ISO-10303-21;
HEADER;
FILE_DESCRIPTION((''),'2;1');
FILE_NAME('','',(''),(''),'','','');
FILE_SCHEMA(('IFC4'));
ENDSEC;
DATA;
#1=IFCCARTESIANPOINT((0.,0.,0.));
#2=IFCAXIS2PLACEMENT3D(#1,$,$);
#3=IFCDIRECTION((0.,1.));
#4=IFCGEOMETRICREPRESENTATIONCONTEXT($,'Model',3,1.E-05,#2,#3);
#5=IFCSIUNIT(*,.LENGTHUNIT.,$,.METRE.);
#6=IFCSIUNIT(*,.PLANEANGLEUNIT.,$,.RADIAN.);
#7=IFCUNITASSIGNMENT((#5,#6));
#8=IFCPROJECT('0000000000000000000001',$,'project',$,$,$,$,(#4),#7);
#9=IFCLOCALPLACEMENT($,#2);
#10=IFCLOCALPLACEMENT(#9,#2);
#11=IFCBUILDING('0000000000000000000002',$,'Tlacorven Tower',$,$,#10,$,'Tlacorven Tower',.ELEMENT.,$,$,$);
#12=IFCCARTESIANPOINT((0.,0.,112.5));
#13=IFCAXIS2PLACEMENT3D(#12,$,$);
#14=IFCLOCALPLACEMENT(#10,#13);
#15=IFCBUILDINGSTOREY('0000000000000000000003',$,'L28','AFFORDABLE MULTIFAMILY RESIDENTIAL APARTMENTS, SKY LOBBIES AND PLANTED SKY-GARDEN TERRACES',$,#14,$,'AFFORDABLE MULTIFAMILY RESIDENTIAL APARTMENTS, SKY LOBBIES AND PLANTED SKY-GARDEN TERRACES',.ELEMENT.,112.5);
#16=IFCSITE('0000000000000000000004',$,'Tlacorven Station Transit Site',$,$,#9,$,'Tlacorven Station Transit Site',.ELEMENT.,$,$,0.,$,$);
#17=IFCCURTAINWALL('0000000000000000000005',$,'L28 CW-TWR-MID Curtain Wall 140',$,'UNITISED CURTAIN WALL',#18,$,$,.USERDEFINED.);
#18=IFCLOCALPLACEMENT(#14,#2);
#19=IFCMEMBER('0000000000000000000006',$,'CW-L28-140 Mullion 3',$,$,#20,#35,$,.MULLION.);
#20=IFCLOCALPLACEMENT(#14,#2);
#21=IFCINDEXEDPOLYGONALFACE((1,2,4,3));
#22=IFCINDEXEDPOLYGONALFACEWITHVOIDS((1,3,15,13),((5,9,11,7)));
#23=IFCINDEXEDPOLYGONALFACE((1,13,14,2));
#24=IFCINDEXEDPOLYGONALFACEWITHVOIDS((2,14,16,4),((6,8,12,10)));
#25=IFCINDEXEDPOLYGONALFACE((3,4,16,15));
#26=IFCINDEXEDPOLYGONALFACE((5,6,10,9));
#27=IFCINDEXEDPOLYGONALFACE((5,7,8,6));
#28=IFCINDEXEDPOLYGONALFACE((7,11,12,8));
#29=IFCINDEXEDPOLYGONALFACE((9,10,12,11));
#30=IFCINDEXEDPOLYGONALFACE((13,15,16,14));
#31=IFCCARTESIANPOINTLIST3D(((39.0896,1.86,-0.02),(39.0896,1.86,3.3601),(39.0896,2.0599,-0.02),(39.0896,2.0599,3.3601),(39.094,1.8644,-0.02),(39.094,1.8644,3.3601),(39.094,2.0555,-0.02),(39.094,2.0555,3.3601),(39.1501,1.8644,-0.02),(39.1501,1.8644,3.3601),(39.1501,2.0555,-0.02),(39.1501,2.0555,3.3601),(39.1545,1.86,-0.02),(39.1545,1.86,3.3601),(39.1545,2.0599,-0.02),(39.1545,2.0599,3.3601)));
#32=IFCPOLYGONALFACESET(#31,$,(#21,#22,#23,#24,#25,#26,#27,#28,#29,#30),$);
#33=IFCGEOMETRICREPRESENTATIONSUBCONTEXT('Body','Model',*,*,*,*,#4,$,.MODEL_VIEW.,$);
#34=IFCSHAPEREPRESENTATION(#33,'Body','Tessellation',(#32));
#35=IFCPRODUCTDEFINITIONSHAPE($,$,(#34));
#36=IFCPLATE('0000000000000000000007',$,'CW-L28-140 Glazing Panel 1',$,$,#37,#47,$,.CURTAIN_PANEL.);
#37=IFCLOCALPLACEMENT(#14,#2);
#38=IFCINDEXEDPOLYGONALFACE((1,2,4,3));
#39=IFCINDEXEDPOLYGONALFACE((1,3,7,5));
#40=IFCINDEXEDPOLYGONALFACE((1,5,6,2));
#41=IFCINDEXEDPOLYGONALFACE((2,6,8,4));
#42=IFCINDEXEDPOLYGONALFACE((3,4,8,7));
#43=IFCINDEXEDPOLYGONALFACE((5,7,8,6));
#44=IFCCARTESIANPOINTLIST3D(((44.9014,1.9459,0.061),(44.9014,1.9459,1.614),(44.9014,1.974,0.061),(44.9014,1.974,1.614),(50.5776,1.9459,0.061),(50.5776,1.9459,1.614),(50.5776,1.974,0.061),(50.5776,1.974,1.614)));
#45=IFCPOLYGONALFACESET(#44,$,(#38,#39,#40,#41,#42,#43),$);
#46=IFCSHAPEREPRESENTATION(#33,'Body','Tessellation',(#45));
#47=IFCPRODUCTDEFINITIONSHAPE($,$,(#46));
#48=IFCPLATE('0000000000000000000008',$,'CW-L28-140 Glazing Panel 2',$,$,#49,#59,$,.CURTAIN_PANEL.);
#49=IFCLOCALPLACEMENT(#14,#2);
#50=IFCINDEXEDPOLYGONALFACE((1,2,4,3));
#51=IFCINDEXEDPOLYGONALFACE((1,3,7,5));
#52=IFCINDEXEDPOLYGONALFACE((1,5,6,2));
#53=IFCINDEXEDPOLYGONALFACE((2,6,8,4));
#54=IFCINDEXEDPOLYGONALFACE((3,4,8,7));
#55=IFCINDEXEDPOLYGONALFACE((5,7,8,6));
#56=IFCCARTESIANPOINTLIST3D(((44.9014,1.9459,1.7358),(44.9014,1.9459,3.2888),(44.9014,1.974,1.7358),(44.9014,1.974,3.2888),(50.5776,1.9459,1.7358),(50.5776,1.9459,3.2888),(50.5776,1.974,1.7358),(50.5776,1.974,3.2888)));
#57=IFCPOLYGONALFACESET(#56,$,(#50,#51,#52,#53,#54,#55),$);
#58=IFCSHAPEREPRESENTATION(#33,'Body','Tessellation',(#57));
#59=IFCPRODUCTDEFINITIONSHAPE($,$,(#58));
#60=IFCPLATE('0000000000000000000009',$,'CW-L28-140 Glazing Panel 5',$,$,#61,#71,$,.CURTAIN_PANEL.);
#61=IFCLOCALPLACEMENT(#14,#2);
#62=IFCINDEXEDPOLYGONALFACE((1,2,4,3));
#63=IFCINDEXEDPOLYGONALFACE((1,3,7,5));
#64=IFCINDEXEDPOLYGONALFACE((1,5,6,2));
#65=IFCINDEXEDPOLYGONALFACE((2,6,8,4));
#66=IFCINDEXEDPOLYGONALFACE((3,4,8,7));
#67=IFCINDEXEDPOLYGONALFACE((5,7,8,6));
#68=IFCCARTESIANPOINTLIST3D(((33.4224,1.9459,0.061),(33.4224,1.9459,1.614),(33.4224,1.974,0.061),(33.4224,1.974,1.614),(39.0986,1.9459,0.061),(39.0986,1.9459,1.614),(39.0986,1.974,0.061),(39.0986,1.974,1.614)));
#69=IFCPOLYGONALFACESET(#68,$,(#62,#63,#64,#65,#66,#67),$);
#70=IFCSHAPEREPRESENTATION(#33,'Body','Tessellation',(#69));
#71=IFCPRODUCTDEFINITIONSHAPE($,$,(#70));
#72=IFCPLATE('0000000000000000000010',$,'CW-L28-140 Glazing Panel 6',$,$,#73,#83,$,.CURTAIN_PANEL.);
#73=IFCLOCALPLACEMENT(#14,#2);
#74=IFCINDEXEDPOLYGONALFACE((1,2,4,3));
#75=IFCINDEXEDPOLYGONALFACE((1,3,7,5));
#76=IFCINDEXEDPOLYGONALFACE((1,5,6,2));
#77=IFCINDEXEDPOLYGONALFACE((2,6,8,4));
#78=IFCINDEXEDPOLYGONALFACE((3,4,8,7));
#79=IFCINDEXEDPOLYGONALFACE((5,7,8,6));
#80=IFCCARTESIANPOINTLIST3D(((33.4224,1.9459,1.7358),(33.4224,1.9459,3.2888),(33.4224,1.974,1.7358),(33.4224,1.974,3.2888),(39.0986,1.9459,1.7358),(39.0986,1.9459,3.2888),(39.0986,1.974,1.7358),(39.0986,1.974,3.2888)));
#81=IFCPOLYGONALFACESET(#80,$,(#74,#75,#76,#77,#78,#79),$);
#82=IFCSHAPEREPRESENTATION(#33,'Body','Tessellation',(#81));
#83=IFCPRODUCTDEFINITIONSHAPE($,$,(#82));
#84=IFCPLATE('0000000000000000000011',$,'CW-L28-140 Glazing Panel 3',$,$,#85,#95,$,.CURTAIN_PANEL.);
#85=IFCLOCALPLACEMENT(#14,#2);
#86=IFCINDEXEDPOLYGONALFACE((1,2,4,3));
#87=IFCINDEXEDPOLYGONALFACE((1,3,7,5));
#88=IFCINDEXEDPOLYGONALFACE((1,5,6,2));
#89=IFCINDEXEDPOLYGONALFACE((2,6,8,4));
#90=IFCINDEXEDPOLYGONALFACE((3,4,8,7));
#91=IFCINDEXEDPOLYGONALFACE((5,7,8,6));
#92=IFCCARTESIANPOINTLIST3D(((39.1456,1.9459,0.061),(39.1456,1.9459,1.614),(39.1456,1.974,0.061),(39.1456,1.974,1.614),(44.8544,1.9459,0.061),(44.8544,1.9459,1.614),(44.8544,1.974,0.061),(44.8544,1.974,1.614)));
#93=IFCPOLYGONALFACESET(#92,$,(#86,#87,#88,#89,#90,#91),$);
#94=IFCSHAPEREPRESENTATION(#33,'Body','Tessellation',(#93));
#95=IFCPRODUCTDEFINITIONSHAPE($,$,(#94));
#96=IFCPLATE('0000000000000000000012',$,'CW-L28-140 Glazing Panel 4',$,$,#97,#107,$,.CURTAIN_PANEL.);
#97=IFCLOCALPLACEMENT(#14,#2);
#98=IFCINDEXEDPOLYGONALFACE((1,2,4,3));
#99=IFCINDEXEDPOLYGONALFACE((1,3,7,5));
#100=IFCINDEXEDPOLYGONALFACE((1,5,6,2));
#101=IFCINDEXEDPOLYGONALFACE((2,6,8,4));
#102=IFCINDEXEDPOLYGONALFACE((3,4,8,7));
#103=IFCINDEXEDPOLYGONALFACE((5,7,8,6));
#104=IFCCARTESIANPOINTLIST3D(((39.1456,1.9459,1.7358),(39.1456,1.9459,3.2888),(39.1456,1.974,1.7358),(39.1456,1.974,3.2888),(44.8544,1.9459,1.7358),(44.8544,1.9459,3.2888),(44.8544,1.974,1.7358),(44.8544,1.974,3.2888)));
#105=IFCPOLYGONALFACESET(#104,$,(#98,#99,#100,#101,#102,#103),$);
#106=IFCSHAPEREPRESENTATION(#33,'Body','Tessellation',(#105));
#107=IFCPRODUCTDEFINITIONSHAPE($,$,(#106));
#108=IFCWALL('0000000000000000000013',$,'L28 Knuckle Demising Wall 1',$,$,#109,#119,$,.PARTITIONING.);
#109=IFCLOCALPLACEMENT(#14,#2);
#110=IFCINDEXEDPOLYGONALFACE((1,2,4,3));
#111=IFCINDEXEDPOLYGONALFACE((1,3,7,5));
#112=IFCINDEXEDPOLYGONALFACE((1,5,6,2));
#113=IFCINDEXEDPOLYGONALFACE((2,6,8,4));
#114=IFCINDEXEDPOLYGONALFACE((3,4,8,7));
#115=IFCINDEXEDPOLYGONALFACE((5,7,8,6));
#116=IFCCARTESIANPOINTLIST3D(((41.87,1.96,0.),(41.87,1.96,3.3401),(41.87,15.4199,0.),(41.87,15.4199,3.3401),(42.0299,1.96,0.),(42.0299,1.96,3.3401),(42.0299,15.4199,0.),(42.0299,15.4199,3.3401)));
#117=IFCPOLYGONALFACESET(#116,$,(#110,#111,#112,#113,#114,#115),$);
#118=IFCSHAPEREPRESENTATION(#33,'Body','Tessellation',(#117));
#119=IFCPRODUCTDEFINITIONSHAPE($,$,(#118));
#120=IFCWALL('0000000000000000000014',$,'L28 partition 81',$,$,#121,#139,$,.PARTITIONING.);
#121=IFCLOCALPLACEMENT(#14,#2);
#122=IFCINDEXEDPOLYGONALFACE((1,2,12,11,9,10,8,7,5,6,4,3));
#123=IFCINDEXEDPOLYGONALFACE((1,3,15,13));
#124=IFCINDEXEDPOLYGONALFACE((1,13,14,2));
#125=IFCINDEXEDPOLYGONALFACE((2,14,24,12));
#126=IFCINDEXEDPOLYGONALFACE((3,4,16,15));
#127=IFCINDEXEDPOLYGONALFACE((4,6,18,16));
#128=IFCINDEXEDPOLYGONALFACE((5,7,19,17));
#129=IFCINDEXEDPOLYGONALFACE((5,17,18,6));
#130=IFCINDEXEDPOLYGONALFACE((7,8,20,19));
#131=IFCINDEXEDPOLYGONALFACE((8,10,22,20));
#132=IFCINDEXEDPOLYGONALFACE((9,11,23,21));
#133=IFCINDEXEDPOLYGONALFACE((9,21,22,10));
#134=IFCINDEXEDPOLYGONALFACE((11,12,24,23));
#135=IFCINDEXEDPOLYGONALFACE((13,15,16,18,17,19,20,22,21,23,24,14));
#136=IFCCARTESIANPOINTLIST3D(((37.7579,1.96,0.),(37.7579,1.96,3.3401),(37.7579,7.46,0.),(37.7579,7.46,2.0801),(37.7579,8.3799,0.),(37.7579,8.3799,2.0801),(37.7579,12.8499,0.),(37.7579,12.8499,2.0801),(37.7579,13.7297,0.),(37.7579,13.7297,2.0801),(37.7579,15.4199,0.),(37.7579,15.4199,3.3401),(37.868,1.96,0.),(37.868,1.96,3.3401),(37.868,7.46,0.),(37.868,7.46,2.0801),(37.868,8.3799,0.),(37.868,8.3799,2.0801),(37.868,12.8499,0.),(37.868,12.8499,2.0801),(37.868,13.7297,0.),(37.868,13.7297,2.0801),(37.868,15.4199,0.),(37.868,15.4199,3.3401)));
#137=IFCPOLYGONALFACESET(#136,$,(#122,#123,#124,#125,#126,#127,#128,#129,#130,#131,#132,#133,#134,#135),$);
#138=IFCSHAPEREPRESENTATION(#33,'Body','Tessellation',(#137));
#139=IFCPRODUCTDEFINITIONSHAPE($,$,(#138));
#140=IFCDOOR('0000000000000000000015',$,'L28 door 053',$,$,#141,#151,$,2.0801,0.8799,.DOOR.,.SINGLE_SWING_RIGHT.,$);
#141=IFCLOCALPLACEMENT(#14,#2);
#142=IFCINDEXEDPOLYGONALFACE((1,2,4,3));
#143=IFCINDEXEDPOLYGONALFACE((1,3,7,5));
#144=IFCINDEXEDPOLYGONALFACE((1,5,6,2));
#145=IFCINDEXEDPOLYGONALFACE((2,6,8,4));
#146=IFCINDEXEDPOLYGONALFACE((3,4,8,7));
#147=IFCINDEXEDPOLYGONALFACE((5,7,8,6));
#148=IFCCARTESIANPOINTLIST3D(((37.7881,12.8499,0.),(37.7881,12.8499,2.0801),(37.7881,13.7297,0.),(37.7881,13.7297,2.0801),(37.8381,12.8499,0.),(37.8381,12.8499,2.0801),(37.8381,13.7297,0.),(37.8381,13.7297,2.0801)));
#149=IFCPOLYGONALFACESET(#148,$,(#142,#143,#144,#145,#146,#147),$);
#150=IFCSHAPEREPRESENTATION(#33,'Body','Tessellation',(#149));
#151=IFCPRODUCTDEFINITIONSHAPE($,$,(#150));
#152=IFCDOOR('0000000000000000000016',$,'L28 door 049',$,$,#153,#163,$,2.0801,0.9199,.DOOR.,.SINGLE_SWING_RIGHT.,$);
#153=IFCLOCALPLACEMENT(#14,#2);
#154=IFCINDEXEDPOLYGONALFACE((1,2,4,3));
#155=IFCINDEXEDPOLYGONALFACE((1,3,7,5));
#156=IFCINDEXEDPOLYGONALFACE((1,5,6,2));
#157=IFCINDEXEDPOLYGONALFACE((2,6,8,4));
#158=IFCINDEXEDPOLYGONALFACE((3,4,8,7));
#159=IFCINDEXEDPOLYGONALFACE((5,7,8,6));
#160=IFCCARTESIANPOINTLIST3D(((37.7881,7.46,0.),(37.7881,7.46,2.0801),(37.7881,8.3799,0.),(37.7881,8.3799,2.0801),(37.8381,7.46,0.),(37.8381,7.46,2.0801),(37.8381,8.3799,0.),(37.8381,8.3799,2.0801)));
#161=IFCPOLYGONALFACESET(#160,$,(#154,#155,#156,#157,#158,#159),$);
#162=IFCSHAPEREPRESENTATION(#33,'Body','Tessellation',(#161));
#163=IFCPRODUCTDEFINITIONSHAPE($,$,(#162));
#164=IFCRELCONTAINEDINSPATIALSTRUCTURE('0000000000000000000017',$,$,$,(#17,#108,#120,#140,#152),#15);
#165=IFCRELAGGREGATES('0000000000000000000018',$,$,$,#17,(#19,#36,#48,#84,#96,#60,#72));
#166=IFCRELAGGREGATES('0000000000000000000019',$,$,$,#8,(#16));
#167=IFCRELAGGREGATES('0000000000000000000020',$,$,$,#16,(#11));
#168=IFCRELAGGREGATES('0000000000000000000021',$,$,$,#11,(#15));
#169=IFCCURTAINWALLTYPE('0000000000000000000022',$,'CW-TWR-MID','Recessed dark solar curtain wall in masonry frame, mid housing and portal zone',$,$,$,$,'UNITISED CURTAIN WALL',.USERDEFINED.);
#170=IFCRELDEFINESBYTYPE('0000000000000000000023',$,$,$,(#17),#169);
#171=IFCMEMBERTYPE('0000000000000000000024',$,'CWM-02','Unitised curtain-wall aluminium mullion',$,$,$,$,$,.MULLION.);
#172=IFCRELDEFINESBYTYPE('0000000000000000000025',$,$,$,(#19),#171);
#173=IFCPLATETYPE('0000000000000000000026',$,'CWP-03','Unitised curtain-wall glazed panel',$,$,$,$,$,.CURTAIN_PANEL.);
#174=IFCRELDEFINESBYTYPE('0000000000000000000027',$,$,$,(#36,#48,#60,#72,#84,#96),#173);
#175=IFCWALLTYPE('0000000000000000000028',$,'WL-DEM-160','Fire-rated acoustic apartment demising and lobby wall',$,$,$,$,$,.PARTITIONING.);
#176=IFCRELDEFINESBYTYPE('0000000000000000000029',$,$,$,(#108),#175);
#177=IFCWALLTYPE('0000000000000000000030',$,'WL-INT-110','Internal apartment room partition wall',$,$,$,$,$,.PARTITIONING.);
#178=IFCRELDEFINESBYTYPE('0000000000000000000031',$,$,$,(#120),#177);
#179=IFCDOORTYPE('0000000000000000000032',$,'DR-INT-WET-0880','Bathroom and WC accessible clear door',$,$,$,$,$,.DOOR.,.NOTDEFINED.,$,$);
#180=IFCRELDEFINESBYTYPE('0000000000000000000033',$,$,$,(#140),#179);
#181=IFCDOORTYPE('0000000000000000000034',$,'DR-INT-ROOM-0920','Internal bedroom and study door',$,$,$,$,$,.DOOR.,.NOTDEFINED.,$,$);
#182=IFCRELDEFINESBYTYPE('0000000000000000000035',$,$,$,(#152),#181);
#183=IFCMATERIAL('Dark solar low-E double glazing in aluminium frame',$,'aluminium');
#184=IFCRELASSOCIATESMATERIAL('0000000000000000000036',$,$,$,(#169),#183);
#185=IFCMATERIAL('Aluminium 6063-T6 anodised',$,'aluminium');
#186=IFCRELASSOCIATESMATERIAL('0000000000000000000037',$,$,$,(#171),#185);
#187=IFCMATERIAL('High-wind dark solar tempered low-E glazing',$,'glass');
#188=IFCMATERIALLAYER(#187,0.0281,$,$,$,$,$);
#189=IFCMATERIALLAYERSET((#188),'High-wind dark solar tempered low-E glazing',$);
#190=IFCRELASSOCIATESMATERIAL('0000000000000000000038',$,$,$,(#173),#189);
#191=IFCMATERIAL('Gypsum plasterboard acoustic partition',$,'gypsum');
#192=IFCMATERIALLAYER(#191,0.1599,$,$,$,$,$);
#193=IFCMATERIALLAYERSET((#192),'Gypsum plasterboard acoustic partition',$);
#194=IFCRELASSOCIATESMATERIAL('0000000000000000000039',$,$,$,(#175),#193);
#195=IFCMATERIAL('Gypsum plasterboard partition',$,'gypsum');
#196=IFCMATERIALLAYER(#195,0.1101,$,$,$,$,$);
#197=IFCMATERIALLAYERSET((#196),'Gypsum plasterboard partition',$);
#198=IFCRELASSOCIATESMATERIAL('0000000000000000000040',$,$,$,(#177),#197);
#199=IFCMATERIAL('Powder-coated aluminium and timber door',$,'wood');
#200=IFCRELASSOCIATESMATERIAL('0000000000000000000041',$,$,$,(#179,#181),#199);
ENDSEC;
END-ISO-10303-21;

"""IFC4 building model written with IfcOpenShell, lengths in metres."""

from ifc_helpers import new_model, si_unit, direction, frame, frame_2d, origin, origin_2d, place, context, subcontext, project, spatial, rectangle, hollow_rectangle, extrude, source, transform, mapped, material, layer, layer_set, material_profile, profile_set, type_object, element, fill, aggregate, save


model = new_model("IFC4")

# Units and contexts
model_context = context("Model", 3, precision=1e-05, world=origin(), true_north=direction((0.0, 1.0)))
body_context = subcontext(model_context, "Body", "Model", "MODEL_VIEW")
ifc_project = project(units=[si_unit("LENGTHUNIT", "METRE"), si_unit("PLANEANGLEUNIT", "RADIAN")], contexts=[model_context])

# Site, building, storey
site_placement = place(None, origin())
site = spatial("IfcSite", under=ifc_project, at=site_placement, Name="Tlacorven Station Transit Site", LongName="Tlacorven Station Transit Site", CompositionType="ELEMENT", RefElevation=0.0)
building_placement = place(site_placement, origin())
building = spatial("IfcBuilding", under=site, at=building_placement, Name="Tlacorven Tower", LongName="Tlacorven Tower", CompositionType="ELEMENT")
storey_placement = place(building_placement, frame((0.0, 0.0, 112.5)))
storey = spatial("IfcBuildingStorey", under=building, at=storey_placement, Name="L28", Description="AFFORDABLE MULTIFAMILY RESIDENTIAL APARTMENTS, SKY LOBBIES AND PLANTED SKY-GARDEN TERRACES", LongName="AFFORDABLE MULTIFAMILY RESIDENTIAL APARTMENTS, SKY LOBBIES AND PLANTED SKY-GARDEN TERRACES", CompositionType="ELEMENT", Elevation=112.5)

# Curtain wall, member, plates
ifc_material_1 = material(Name="Dark solar low-E double glazing in aluminium frame", Category="aluminium")
curtain_wall_type = type_object("IfcCurtainWallType", Name="CW-TWR-MID", Description="Recessed dark solar curtain wall in masonry frame, mid housing and portal zone", ElementType="UNITISED CURTAIN WALL", PredefinedType="USERDEFINED", material=ifc_material_1)
curtain_wall_placement = place(storey_placement, origin())
curtain_wall = element("IfcCurtainWall", 1, at=curtain_wall_placement, inside=storey, type_object=curtain_wall_type, Name="L28 CW-TWR-MID Curtain Wall 140", ObjectType="UNITISED CURTAIN WALL", PredefinedType="USERDEFINED")
ifc_material_2 = material(Name="Aluminium 6063-T6 anodised", Category="aluminium")
ifc_material_profile_1 = material_profile(ifc_material_2, hollow_rectangle(XDim=0.0649, YDim=0.2, WallThickness=0.0044, at=origin_2d()), Name="ALU MULLION 65X200")
ifc_profile_set_1 = profile_set([ifc_material_profile_1], Name="Aluminium 6063-T6 anodised")
member_type_1 = type_object("IfcMemberType", Name="CWM-02", Description="Unitised curtain-wall aluminium mullion", PredefinedType="MULLION", material=ifc_profile_set_1)
shared_shape_1 = source(origin(), body_context, "Body", "SweptSolid", [
    extrude(hollow_rectangle(XDim=0.0649, YDim=0.2, WallThickness=0.0044, at=origin_2d()), origin(), (0.0, 0.0, 1.0), 3.3801),
])
member_1_placement = place(storey_placement, frame((39.1221, 1.96, -0.02), z_axis=(0.0, 0.0, 1.0), x_axis=(-1.0, 0.0, 0.0)))
member_1 = element("IfcMember", 2, at=member_1_placement, type_object=member_type_1, Name="CW-L28-140 Mullion 3", PredefinedType="MULLION", context=body_context, shape_type="MappedRepresentation", body=[
    mapped(shared_shape_1, transform((0.0, 0.0, 0.0), scale=1.0)),
])
ifc_material_3 = material(Name="High-wind dark solar tempered low-E glazing", Category="glass")
ifc_layer_1 = layer(ifc_material_3, 0.0281)
ifc_layer_set_1 = layer_set([ifc_layer_1], Name="High-wind dark solar tempered low-E glazing")
plate_type = type_object("IfcPlateType", Name="CWP-03", Description="Unitised curtain-wall glazed panel", PredefinedType="CURTAIN_PANEL", material=ifc_layer_set_1)
shared_shape_2 = source(origin(), body_context, "Body", "SweptSolid", [
    extrude(rectangle(XDim=5.6763, YDim=0.0281, at=origin_2d()), origin(), (0.0, 0.0, 1.0), 1.553),
])
plate_1_placement = place(storey_placement, frame((47.7395, 1.96, 0.061), z_axis=(0.0, 0.0, 1.0), x_axis=(-1.0, 0.0, 0.0)))
plate_1 = element("IfcPlate", 3, at=plate_1_placement, type_object=plate_type, Name="CW-L28-140 Glazing Panel 1", PredefinedType="CURTAIN_PANEL", context=body_context, shape_type="MappedRepresentation", body=[
    mapped(shared_shape_2, transform((0.0, 0.0, 0.0), scale=1.0)),
])
plate_2_placement = place(storey_placement, frame((47.7395, 1.96, 1.7358), z_axis=(0.0, 0.0, 1.0), x_axis=(-1.0, 0.0, 0.0)))
plate_2 = element("IfcPlate", 4, at=plate_2_placement, type_object=plate_type, Name="CW-L28-140 Glazing Panel 2", PredefinedType="CURTAIN_PANEL", context=body_context, shape_type="MappedRepresentation", body=[
    mapped(shared_shape_2, transform((0.0, 0.0, 0.0), scale=1.0)),
])
plate_3_placement = place(storey_placement, frame((36.2605, 1.96, 0.061), z_axis=(0.0, 0.0, 1.0), x_axis=(-1.0, 0.0, 0.0)))
plate_3 = element("IfcPlate", 5, at=plate_3_placement, type_object=plate_type, Name="CW-L28-140 Glazing Panel 5", PredefinedType="CURTAIN_PANEL", context=body_context, shape_type="MappedRepresentation", body=[
    mapped(shared_shape_2, transform((0.0, 0.0, 0.0), scale=1.0)),
])
plate_4_placement = place(storey_placement, frame((36.2605, 1.96, 1.7358), z_axis=(0.0, 0.0, 1.0), x_axis=(-1.0, 0.0, 0.0)))
plate_4 = element("IfcPlate", 6, at=plate_4_placement, type_object=plate_type, Name="CW-L28-140 Glazing Panel 6", PredefinedType="CURTAIN_PANEL", context=body_context, shape_type="MappedRepresentation", body=[
    mapped(shared_shape_2, transform((0.0, 0.0, 0.0), scale=1.0)),
])
shared_shape_3 = source(origin(), body_context, "Body", "SweptSolid", [
    extrude(rectangle(XDim=5.7087, YDim=0.0281, at=origin_2d()), origin(), (0.0, 0.0, 1.0), 1.553),
])
plate_5_placement = place(storey_placement, frame((42.0, 1.96, 0.061), z_axis=(0.0, 0.0, 1.0), x_axis=(-1.0, 0.0, 0.0)))
plate_5 = element("IfcPlate", 7, at=plate_5_placement, type_object=plate_type, Name="CW-L28-140 Glazing Panel 3", PredefinedType="CURTAIN_PANEL", context=body_context, shape_type="MappedRepresentation", body=[
    mapped(shared_shape_3, transform((0.0, 0.0, 0.0), scale=1.0)),
])
plate_6_placement = place(storey_placement, frame((42.0, 1.96, 1.7358), z_axis=(0.0, 0.0, 1.0), x_axis=(-1.0, 0.0, 0.0)))
plate_6 = element("IfcPlate", 8, at=plate_6_placement, type_object=plate_type, Name="CW-L28-140 Glazing Panel 4", PredefinedType="CURTAIN_PANEL", context=body_context, shape_type="MappedRepresentation", body=[
    mapped(shared_shape_3, transform((0.0, 0.0, 0.0), scale=1.0)),
])
aggregate(curtain_wall, [member_1, plate_1, plate_2, plate_5, plate_6, plate_3, plate_4])

# Wall
ifc_material_4 = material(Name="Gypsum plasterboard acoustic partition", Category="gypsum")
ifc_layer_2 = layer(ifc_material_4, 0.1599)
ifc_layer_set_2 = layer_set([ifc_layer_2], Name="Gypsum plasterboard acoustic partition")
wall_type_1 = type_object("IfcWallType", Name="WL-DEM-160", Description="Fire-rated acoustic apartment demising and lobby wall", PredefinedType="PARTITIONING", material=ifc_layer_set_2)
wall_1_placement = place(storey_placement, frame((41.95, 1.96, 0.0), z_axis=(0.0, 0.0, 1.0), x_axis=(0.0, 1.0, 0.0)))
element("IfcWall", 9, at=wall_1_placement, inside=storey, type_object=wall_type_1, Name="L28 Knuckle Demising Wall 1", PredefinedType="PARTITIONING", context=body_context, shape_type="SweptSolid", body=[
    extrude(rectangle(XDim=13.46, YDim=0.1599, at=frame_2d((6.73, 0.0))), origin(), (0.0, 0.0, 1.0), 3.3401),
])

# Wall, openings, doors
ifc_material_5 = material(Name="Gypsum plasterboard partition", Category="gypsum")
ifc_layer_3 = layer(ifc_material_5, 0.1101)
ifc_layer_set_3 = layer_set([ifc_layer_3], Name="Gypsum plasterboard partition")
wall_type_2 = type_object("IfcWallType", Name="WL-INT-110", Description="Internal apartment room partition wall", PredefinedType="PARTITIONING", material=ifc_layer_set_3)
wall_2_placement = place(storey_placement, frame((37.813, 1.96, 0.0), z_axis=(0.0, 0.0, 1.0), x_axis=(0.0, 1.0, 0.0)))
wall_2 = element("IfcWall", 10, at=wall_2_placement, inside=storey, type_object=wall_type_2, Name="L28 partition 81", PredefinedType="PARTITIONING", context=body_context, shape_type="SweptSolid", body=[
    extrude(rectangle(XDim=13.46, YDim=0.1101, at=frame_2d((6.73, 0.0))), origin(), (0.0, 0.0, 1.0), 3.3401),
])
opening_1_placement = place(wall_2_placement, frame((5.5, 0.0, 0.0)))
opening_1 = element("IfcOpeningElement", 11, at=opening_1_placement, cuts=wall_2, PredefinedType="OPENING", context=body_context, shape_type="SweptSolid", body=[
    extrude(rectangle(XDim=0.9199, YDim=2.0801, at=frame_2d((0.46, 1.04))), frame((0.0, 0.0649, 0.0), z_axis=(0.0, -1.0, 0.0), x_axis=(1.0, 0.0, 0.0)), (0.0, 0.0, 1.0), 0.1301),
])
opening_2_placement = place(wall_2_placement, frame((10.8899, 0.0, 0.0)))
opening_2 = element("IfcOpeningElement", 12, at=opening_2_placement, cuts=wall_2, PredefinedType="OPENING", context=body_context, shape_type="SweptSolid", body=[
    extrude(rectangle(XDim=0.8799, YDim=2.0801, at=frame_2d((0.4399, 1.04))), frame((0.0, 0.0649, 0.0), z_axis=(0.0, -1.0, 0.0), x_axis=(1.0, 0.0, 0.0)), (0.0, 0.0, 1.0), 0.1301),
])
ifc_material_6 = material(Name="Powder-coated aluminium and timber door", Category="wood")
door_type_1 = type_object("IfcDoorType", Name="DR-INT-WET-0880", Description="Bathroom and WC accessible clear door", OperationType="NOTDEFINED", PredefinedType="DOOR", material=ifc_material_6)
shared_shape_4 = source(origin(), body_context, "Body", "SweptSolid", [
    extrude(rectangle(XDim=0.8799, YDim=2.0801, at=frame_2d((0.4399, 1.04))), frame((0.0, 0.0249, 0.0), z_axis=(0.0, -1.0, 0.0), x_axis=(1.0, 0.0, 0.0)), (0.0, 0.0, 1.0), 0.05),
])
door_1_placement = place(opening_2_placement, origin())
door_1 = element("IfcDoor", 13, at=door_1_placement, inside=storey, type_object=door_type_1, Name="L28 door 053", OperationType="SINGLE_SWING_RIGHT", OverallHeight=2.0801, OverallWidth=0.8799, PredefinedType="DOOR", context=body_context, shape_type="MappedRepresentation", body=[
    mapped(shared_shape_4, transform((0.0, 0.0, 0.0), scale=1.0)),
])
fill(opening_2, door_1)
door_type_2 = type_object("IfcDoorType", Name="DR-INT-ROOM-0920", Description="Internal bedroom and study door", OperationType="NOTDEFINED", PredefinedType="DOOR", material=ifc_material_6)
shared_shape_5 = source(origin(), body_context, "Body", "SweptSolid", [
    extrude(rectangle(XDim=0.9199, YDim=2.0801, at=frame_2d((0.46, 1.04))), frame((0.0, 0.0249, 0.0), z_axis=(0.0, -1.0, 0.0), x_axis=(1.0, 0.0, 0.0)), (0.0, 0.0, 1.0), 0.05),
])
door_2_placement = place(opening_1_placement, origin())
door_2 = element("IfcDoor", 14, at=door_2_placement, inside=storey, type_object=door_type_2, Name="L28 door 049", OperationType="SINGLE_SWING_RIGHT", OverallHeight=2.0801, OverallWidth=0.9199, PredefinedType="DOOR", context=body_context, shape_type="MappedRepresentation", body=[
    mapped(shared_shape_5, transform((0.0, 0.0, 0.0), scale=1.0)),
])
fill(opening_1, door_2)

save(model, "model.ifc")
